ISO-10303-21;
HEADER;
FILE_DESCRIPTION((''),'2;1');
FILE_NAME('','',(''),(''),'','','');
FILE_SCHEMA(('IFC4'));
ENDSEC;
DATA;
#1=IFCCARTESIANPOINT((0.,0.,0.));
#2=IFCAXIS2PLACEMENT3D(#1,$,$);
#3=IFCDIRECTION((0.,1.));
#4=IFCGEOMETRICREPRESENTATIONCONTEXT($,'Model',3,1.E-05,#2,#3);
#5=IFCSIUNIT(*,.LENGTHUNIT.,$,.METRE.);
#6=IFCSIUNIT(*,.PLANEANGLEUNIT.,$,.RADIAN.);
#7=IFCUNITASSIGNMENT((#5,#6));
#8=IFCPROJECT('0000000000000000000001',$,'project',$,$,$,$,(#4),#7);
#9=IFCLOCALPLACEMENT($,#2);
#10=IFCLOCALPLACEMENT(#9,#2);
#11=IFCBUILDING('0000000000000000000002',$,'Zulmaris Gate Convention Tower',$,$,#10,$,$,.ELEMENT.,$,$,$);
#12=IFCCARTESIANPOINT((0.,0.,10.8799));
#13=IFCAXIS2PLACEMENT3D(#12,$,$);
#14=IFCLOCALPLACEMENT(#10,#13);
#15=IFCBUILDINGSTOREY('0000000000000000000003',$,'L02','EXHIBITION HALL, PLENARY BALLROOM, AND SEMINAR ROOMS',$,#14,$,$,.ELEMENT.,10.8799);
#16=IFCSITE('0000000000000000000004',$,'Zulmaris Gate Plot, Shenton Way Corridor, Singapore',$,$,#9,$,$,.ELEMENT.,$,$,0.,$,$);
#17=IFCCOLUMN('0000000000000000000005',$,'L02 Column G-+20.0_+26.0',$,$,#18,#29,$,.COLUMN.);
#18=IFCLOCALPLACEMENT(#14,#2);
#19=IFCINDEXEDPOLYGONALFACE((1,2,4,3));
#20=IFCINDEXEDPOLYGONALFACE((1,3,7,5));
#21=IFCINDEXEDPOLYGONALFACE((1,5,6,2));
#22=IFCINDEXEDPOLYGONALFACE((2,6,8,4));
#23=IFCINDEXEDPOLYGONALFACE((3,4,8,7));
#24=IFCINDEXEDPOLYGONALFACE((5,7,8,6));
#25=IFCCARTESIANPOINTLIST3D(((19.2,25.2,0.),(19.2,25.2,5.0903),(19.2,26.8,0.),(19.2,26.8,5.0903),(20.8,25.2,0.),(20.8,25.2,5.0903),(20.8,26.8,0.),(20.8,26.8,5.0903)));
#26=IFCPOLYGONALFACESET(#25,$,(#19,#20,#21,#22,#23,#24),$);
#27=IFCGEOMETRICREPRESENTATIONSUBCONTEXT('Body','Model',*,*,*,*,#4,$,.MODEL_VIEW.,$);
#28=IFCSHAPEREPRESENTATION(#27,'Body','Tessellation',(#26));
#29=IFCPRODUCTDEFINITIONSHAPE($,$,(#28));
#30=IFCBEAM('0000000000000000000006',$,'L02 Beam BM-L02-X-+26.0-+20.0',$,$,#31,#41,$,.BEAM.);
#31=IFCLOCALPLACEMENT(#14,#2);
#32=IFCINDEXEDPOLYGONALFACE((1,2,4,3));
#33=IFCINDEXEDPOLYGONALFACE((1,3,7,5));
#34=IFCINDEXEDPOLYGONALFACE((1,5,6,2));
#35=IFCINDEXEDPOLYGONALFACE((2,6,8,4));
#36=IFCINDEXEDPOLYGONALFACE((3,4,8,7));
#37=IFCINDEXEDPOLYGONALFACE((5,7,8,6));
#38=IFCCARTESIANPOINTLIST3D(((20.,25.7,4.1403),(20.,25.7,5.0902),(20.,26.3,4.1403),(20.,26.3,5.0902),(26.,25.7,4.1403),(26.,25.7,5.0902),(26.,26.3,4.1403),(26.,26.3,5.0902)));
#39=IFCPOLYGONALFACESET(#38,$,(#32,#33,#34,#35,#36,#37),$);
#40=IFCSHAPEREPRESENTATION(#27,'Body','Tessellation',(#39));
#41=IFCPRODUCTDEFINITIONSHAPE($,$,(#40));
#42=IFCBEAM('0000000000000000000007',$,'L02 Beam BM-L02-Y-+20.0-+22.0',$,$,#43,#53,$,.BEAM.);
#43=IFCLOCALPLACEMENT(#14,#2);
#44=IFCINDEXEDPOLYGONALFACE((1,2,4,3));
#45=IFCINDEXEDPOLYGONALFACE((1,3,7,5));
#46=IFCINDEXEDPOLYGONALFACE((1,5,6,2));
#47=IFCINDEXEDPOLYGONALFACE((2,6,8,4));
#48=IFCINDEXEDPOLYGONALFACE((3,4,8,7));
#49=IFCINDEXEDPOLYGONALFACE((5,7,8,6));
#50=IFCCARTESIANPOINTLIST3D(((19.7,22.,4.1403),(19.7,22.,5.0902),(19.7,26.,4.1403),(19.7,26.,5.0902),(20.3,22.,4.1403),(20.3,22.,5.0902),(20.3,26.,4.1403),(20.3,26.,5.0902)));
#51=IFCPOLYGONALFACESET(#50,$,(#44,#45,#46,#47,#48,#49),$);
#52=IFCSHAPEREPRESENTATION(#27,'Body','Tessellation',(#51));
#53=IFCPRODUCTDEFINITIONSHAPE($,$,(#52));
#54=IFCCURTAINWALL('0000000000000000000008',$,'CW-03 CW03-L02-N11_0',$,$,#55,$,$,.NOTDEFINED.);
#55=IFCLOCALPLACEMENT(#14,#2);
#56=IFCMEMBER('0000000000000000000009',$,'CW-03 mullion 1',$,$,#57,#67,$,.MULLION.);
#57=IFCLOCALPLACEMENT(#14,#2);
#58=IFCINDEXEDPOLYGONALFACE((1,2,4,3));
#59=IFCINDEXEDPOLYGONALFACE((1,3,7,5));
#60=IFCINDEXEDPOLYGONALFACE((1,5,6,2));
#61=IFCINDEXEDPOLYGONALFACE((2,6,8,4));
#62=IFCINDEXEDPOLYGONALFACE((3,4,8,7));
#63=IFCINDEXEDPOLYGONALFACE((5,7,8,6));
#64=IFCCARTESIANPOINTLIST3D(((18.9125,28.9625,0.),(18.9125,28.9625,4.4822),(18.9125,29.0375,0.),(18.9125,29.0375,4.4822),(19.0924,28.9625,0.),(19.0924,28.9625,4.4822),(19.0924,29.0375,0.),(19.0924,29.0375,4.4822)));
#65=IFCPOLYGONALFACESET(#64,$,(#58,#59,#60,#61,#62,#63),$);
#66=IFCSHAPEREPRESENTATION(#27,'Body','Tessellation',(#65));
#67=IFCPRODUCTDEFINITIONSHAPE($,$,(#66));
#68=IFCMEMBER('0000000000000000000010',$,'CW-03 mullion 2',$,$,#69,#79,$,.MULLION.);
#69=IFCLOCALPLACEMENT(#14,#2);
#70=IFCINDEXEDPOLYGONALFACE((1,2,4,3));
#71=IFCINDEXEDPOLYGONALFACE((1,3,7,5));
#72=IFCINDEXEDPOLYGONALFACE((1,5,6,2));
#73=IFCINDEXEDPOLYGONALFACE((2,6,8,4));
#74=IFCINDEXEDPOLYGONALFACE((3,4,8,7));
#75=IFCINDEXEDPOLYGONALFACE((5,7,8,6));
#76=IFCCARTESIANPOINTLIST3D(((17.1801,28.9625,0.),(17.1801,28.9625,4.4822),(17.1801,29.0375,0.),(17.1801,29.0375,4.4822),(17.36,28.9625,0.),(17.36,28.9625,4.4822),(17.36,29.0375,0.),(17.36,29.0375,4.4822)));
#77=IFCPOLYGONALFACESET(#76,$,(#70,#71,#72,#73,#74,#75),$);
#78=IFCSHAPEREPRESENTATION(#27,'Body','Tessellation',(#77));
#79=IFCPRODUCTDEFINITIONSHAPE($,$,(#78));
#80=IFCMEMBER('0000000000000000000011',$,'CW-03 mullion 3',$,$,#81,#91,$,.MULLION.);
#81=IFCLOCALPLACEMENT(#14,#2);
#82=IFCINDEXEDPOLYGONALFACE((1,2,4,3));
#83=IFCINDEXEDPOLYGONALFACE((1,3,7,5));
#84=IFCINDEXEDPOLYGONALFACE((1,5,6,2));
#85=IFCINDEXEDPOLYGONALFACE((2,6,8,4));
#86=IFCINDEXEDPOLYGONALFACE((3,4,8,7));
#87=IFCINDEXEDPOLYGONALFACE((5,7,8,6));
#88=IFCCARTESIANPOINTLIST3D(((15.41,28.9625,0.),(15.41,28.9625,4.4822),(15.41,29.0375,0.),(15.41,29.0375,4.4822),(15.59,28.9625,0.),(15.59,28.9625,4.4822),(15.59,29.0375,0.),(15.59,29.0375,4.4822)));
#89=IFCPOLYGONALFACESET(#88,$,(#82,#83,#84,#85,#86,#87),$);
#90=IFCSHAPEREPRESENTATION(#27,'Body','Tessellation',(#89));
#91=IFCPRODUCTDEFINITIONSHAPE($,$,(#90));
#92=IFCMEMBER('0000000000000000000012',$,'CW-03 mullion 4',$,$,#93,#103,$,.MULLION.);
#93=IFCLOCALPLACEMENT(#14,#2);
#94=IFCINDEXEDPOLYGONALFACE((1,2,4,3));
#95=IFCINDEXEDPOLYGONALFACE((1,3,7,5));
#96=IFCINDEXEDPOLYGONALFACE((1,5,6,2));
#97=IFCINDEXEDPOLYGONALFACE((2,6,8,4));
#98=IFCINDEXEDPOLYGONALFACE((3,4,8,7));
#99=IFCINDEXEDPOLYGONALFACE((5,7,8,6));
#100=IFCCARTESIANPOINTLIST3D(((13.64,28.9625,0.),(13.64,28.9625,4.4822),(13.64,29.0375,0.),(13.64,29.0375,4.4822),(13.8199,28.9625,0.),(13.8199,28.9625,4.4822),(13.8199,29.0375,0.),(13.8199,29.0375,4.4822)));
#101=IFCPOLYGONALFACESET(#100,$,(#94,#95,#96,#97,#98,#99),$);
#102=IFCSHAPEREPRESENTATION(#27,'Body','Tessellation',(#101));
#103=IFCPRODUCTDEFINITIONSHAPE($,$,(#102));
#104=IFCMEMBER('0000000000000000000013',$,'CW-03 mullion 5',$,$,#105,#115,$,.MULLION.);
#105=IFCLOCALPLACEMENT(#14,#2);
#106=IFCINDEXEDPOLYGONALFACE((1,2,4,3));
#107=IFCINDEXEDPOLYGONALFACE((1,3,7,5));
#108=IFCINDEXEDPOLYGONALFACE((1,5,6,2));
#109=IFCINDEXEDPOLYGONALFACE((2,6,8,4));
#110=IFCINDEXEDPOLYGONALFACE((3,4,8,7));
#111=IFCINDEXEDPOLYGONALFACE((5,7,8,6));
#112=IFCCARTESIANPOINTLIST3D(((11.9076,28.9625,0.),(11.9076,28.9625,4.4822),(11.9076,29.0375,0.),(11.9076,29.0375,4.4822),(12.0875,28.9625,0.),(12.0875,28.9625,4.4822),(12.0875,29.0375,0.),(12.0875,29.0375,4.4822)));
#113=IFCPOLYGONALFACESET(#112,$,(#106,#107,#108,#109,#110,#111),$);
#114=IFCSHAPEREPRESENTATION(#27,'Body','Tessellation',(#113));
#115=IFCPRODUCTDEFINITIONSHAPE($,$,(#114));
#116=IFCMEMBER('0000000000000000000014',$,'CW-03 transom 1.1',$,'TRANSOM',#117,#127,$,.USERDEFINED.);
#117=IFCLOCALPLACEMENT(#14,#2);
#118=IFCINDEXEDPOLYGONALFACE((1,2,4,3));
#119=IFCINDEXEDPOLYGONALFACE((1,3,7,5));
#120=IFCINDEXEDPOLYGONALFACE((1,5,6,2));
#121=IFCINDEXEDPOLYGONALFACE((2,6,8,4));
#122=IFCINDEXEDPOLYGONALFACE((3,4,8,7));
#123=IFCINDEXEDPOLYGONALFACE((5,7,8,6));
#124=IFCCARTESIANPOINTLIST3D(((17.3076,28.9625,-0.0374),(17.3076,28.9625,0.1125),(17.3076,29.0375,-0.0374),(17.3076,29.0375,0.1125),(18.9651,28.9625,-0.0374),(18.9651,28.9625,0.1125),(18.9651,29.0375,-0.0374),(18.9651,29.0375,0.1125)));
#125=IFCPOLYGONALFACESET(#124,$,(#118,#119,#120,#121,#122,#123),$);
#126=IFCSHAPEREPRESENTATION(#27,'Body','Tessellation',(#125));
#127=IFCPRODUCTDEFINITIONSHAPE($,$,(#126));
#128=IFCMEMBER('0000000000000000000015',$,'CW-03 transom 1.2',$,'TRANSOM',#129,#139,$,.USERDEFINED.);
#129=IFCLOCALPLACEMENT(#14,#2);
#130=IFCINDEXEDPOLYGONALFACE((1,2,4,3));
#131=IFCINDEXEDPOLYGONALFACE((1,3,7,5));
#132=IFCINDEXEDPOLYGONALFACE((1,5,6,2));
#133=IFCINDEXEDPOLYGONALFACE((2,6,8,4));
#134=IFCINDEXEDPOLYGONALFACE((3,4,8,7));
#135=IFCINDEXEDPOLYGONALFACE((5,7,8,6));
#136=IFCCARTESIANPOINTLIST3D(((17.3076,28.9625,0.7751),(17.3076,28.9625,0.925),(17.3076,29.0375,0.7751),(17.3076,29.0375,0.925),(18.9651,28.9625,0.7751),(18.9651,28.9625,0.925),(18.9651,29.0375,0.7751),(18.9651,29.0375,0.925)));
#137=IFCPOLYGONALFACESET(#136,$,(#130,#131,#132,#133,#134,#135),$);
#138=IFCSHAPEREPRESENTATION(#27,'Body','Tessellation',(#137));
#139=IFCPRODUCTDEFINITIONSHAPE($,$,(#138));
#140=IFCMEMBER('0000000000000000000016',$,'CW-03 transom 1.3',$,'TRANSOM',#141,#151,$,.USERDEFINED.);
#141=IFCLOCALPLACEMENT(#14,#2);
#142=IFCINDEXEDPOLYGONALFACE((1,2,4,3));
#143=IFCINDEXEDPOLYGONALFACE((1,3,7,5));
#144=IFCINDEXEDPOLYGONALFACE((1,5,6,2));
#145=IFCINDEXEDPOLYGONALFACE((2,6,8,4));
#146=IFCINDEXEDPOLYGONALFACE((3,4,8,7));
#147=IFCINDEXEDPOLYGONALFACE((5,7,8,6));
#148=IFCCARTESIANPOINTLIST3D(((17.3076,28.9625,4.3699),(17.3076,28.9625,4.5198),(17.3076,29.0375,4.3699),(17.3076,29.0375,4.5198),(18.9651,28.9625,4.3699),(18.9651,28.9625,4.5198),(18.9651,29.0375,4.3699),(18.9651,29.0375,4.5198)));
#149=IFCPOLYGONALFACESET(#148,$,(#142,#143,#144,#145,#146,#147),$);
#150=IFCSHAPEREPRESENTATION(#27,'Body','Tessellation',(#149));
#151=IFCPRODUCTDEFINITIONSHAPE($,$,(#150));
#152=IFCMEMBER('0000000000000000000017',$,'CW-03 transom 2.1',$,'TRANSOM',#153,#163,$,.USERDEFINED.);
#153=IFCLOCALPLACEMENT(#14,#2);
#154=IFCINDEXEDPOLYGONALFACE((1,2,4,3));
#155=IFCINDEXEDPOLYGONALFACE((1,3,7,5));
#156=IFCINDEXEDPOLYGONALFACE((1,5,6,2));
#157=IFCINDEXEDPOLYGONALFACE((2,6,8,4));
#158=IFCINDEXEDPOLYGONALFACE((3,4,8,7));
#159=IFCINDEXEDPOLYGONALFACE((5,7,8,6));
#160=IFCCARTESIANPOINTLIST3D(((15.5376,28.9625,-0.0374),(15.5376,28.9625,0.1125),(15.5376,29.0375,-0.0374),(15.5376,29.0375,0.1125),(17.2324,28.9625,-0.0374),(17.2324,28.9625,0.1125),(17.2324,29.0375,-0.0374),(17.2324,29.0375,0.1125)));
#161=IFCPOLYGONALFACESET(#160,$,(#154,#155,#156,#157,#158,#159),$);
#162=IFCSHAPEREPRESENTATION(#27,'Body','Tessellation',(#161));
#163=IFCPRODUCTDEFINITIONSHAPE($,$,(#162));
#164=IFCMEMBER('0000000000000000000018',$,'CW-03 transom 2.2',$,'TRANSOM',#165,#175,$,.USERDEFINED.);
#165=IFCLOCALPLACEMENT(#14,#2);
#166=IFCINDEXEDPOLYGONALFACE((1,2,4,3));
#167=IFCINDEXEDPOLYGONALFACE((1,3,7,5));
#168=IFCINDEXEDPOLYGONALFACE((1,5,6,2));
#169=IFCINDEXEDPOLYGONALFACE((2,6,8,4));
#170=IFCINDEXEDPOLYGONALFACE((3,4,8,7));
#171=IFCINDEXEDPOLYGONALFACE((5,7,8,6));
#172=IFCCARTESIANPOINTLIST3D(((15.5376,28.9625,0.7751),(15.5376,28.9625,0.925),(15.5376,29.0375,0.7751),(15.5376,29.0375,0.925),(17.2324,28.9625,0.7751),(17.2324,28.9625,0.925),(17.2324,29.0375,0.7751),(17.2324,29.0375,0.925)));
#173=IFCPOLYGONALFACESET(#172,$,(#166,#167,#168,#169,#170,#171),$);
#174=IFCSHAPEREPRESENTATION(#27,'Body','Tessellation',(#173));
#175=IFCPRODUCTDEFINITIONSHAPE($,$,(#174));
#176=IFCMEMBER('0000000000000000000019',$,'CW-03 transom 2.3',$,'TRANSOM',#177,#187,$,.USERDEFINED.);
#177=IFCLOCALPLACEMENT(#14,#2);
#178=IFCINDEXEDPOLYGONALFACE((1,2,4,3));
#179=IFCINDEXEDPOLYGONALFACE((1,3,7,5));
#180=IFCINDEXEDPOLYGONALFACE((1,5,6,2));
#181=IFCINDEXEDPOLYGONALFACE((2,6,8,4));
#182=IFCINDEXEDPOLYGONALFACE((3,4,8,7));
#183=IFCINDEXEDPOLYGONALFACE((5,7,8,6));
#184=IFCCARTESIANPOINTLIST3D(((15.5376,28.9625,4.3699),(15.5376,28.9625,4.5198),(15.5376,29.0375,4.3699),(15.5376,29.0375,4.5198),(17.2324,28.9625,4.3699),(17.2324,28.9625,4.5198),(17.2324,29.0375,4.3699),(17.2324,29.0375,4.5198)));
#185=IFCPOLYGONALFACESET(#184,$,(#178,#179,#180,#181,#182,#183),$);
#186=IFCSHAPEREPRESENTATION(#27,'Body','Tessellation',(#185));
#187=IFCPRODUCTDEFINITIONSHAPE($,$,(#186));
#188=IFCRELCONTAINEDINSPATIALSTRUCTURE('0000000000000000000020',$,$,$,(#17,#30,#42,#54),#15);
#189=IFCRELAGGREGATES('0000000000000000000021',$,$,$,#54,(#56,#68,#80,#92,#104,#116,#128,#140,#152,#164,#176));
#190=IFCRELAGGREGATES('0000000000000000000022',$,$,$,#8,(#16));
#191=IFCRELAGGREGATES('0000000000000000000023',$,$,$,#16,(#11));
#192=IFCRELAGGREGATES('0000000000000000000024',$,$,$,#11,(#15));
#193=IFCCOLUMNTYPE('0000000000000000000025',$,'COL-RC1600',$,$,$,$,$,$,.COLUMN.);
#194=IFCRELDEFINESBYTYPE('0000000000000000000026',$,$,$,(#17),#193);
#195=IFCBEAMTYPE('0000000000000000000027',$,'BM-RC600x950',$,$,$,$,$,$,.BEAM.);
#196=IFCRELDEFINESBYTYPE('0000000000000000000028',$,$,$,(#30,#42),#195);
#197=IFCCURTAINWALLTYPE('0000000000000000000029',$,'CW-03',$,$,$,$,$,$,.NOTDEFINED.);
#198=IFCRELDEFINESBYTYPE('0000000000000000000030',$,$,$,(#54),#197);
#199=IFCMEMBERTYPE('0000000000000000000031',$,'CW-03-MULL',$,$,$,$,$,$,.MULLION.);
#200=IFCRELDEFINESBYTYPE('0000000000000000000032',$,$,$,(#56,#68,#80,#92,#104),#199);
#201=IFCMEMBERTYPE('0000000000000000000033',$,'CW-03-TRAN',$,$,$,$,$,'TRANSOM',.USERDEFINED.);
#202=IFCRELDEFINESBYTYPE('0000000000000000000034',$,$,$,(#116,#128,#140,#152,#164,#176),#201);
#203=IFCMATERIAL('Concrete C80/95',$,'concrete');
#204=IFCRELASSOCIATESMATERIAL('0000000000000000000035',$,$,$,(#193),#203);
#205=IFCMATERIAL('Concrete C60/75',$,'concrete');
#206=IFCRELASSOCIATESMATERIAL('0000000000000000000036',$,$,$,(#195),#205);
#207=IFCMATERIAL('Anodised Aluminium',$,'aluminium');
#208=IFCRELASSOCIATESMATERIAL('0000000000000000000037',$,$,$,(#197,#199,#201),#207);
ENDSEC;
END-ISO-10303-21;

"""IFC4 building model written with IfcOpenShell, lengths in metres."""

from ifc_helpers import new_model, si_unit, direction, frame, origin, origin_2d, place, context, subcontext, project, spatial, rectangle, extrude, material, material_profile, profile_set, type_object, element, aggregate, save


model = new_model("IFC4")

# Units and contexts
model_context = context("Model", 3, precision=1e-05, world=origin(), true_north=direction((0.0, 1.0)))
body_context = subcontext(model_context, "Body", "Model", "MODEL_VIEW")
ifc_project = project(units=[si_unit("LENGTHUNIT", "METRE"), si_unit("PLANEANGLEUNIT", "RADIAN")], contexts=[model_context])

# Site, building, storey
site_placement = place(None, origin())
site = spatial("IfcSite", under=ifc_project, at=site_placement, Name="Zulmaris Gate Plot, Shenton Way Corridor, Singapore", CompositionType="ELEMENT", RefElevation=0.0)
building_placement = place(site_placement, origin())
building = spatial("IfcBuilding", under=site, at=building_placement, Name="Zulmaris Gate Convention Tower", CompositionType="ELEMENT")
storey_placement = place(building_placement, frame((0.0, 0.0, 10.8799)))
storey = spatial("IfcBuildingStorey", under=building, at=storey_placement, Name="L02", Description="EXHIBITION HALL, PLENARY BALLROOM, AND SEMINAR ROOMS", CompositionType="ELEMENT", Elevation=10.8799)

# Column
ifc_material_1 = material(Name="Concrete C80/95", Category="concrete")
ifc_material_profile_1 = material_profile(ifc_material_1, rectangle(XDim=1.6001, YDim=1.6001, at=origin_2d()), Name="RC COL 1600x1600")
ifc_profile_set_1 = profile_set([ifc_material_profile_1], Name="Concrete C80/95")
column_type = type_object("IfcColumnType", Name="COL-RC1600", PredefinedType="COLUMN", material=ifc_profile_set_1)
column_placement = place(storey_placement, frame((20.0, 26.0, 0.0), z_axis=(0.0, 0.0, 1.0), x_axis=(1.0, 0.0, 0.0)))
element("IfcColumn", 1, at=column_placement, inside=storey, type_object=column_type, Name="L02 Column G-+20.0_+26.0", PredefinedType="COLUMN", context=body_context, shape_type="SweptSolid", body=[
    extrude(rectangle(XDim=1.6001, YDim=1.6001, at=origin_2d()), origin(), (0.0, 0.0, 1.0), 5.0903),
])

# Beams
ifc_material_2 = material(Name="Concrete C60/75", Category="concrete")
ifc_material_profile_2 = material_profile(ifc_material_2, rectangle(XDim=0.6001, YDim=0.95, at=origin_2d()), Name="RC BEAM 600x950")
ifc_profile_set_2 = profile_set([ifc_material_profile_2], Name="Concrete C60/75")
beam_type = type_object("IfcBeamType", Name="BM-RC600x950", PredefinedType="BEAM", material=ifc_profile_set_2)
beam_1_placement = place(storey_placement, frame((20.0, 26.0, 4.6152), z_axis=(1.0, 0.0, 0.0), x_axis=(0.0, 1.0, 0.0)))
element("IfcBeam", 2, at=beam_1_placement, inside=storey, type_object=beam_type, Name="L02 Beam BM-L02-X-+26.0-+20.0", PredefinedType="BEAM", context=body_context, shape_type="SweptSolid", body=[
    extrude(rectangle(XDim=0.6001, YDim=0.95, at=origin_2d()), origin(), (0.0, 0.0, 1.0), 6.0),
])
beam_2_placement = place(storey_placement, frame((20.0, 22.0, 4.6152), z_axis=(0.0, 1.0, 0.0), x_axis=(-1.0, 0.0, 0.0)))
element("IfcBeam", 3, at=beam_2_placement, inside=storey, type_object=beam_type, Name="L02 Beam BM-L02-Y-+20.0-+22.0", PredefinedType="BEAM", context=body_context, shape_type="SweptSolid", body=[
    extrude(rectangle(XDim=0.6001, YDim=0.95, at=origin_2d()), origin(), (0.0, 0.0, 1.0), 4.0),
])

# Curtain wall, members
ifc_material_3 = material(Name="Anodised Aluminium", Category="aluminium")
curtain_wall_type = type_object("IfcCurtainWallType", Name="CW-03", PredefinedType="NOTDEFINED", material=ifc_material_3)
curtain_wall_placement = place(storey_placement, origin())
curtain_wall = element("IfcCurtainWall", 4, at=curtain_wall_placement, inside=storey, type_object=curtain_wall_type, Name="CW-03 CW03-L02-N11_0", PredefinedType="NOTDEFINED")
ifc_material_profile_3 = material_profile(ifc_material_3, rectangle(XDim=0.075, YDim=0.1799, at=origin_2d()), Name="ALU MULLION 75x180")
ifc_profile_set_3 = profile_set([ifc_material_profile_3], Name="Anodised Aluminium")
member_type_1 = type_object("IfcMemberType", Name="CW-03-MULL", PredefinedType="MULLION", material=ifc_profile_set_3)
member_1_placement = place(storey_placement, frame((19.0024, 29.0, 0.0), z_axis=(0.0, 0.0, 1.0), x_axis=(0.0, -1.0, 0.0)))
member_1 = element("IfcMember", 5, at=member_1_placement, type_object=member_type_1, Name="CW-03 mullion 1", PredefinedType="MULLION", context=body_context, shape_type="SweptSolid", body=[
    extrude(rectangle(XDim=0.075, YDim=0.1799, at=origin_2d()), origin(), (0.0, 0.0, 1.0), 4.4822),
])
member_2_placement = place(storey_placement, frame((17.27, 29.0, 0.0), z_axis=(0.0, 0.0, 1.0), x_axis=(0.0, -1.0, 0.0)))
member_2 = element("IfcMember", 6, at=member_2_placement, type_object=member_type_1, Name="CW-03 mullion 2", PredefinedType="MULLION", context=body_context, shape_type="SweptSolid", body=[
    extrude(rectangle(XDim=0.075, YDim=0.1799, at=origin_2d()), origin(), (0.0, 0.0, 1.0), 4.4822),
])
member_3_placement = place(storey_placement, frame((15.5, 29.0, 0.0), z_axis=(0.0, 0.0, 1.0), x_axis=(0.0, -1.0, 0.0)))
member_3 = element("IfcMember", 7, at=member_3_placement, type_object=member_type_1, Name="CW-03 mullion 3", PredefinedType="MULLION", context=body_context, shape_type="SweptSolid", body=[
    extrude(rectangle(XDim=0.075, YDim=0.1799, at=origin_2d()), origin(), (0.0, 0.0, 1.0), 4.4822),
])
member_4_placement = place(storey_placement, frame((13.73, 29.0, 0.0), z_axis=(0.0, 0.0, 1.0), x_axis=(0.0, -1.0, 0.0)))
member_4 = element("IfcMember", 8, at=member_4_placement, type_object=member_type_1, Name="CW-03 mullion 4", PredefinedType="MULLION", context=body_context, shape_type="SweptSolid", body=[
    extrude(rectangle(XDim=0.075, YDim=0.1799, at=origin_2d()), origin(), (0.0, 0.0, 1.0), 4.4822),
])
member_5_placement = place(storey_placement, frame((11.9976, 29.0, 0.0), z_axis=(0.0, 0.0, 1.0), x_axis=(0.0, -1.0, 0.0)))
member_5 = element("IfcMember", 9, at=member_5_placement, type_object=member_type_1, Name="CW-03 mullion 5", PredefinedType="MULLION", context=body_context, shape_type="SweptSolid", body=[
    extrude(rectangle(XDim=0.075, YDim=0.1799, at=origin_2d()), origin(), (0.0, 0.0, 1.0), 4.4822),
])
ifc_material_profile_4 = material_profile(ifc_material_3, rectangle(XDim=0.075, YDim=0.1499, at=origin_2d()), Name="ALU TRANSOM 75x150")
ifc_profile_set_4 = profile_set([ifc_material_profile_4], Name="Anodised Aluminium")
member_type_2 = type_object("IfcMemberType", Name="CW-03-TRAN", ElementType="TRANSOM", PredefinedType="USERDEFINED", material=ifc_profile_set_4)
member_6_placement = place(storey_placement, frame((18.9651, 29.0, 0.0376), z_axis=(-1.0, 0.0, 0.0), x_axis=(0.0, -1.0, 0.0)))
member_6 = element("IfcMember", 10, at=member_6_placement, type_object=member_type_2, Name="CW-03 transom 1.1", ObjectType="TRANSOM", PredefinedType="USERDEFINED", context=body_context, shape_type="SweptSolid", body=[
    extrude(rectangle(XDim=0.075, YDim=0.1499, at=origin_2d()), origin(), (0.0, 0.0, 1.0), 1.6575),
])
member_7_placement = place(storey_placement, frame((18.9651, 29.0, 0.8501), z_axis=(-1.0, 0.0, 0.0), x_axis=(0.0, -1.0, 0.0)))
member_7 = element("IfcMember", 11, at=member_7_placement, type_object=member_type_2, Name="CW-03 transom 1.2", ObjectType="TRANSOM", PredefinedType="USERDEFINED", context=body_context, shape_type="SweptSolid", body=[
    extrude(rectangle(XDim=0.075, YDim=0.1499, at=origin_2d()), origin(), (0.0, 0.0, 1.0), 1.6575),
])
member_8_placement = place(storey_placement, frame((18.9651, 29.0, 4.4448), z_axis=(-1.0, 0.0, 0.0), x_axis=(0.0, -1.0, 0.0)))
member_8 = element("IfcMember", 12, at=member_8_placement, type_object=member_type_2, Name="CW-03 transom 1.3", ObjectType="TRANSOM", PredefinedType="USERDEFINED", context=body_context, shape_type="SweptSolid", body=[
    extrude(rectangle(XDim=0.075, YDim=0.1499, at=origin_2d()), origin(), (0.0, 0.0, 1.0), 1.6575),
])
member_9_placement = place(storey_placement, frame((17.2324, 29.0, 0.0376), z_axis=(-1.0, 0.0, 0.0), x_axis=(0.0, -1.0, 0.0)))
member_9 = element("IfcMember", 13, at=member_9_placement, type_object=member_type_2, Name="CW-03 transom 2.1", ObjectType="TRANSOM", PredefinedType="USERDEFINED", context=body_context, shape_type="SweptSolid", body=[
    extrude(rectangle(XDim=0.075, YDim=0.1499, at=origin_2d()), origin(), (0.0, 0.0, 1.0), 1.6948),
])
member_10_placement = place(storey_placement, frame((17.2324, 29.0, 0.8501), z_axis=(-1.0, 0.0, 0.0), x_axis=(0.0, -1.0, 0.0)))
member_10 = element("IfcMember", 14, at=member_10_placement, type_object=member_type_2, Name="CW-03 transom 2.2", ObjectType="TRANSOM", PredefinedType="USERDEFINED", context=body_context, shape_type="SweptSolid", body=[
    extrude(rectangle(XDim=0.075, YDim=0.1499, at=origin_2d()), origin(), (0.0, 0.0, 1.0), 1.6948),
])
member_11_placement = place(storey_placement, frame((17.2324, 29.0, 4.4448), z_axis=(-1.0, 0.0, 0.0), x_axis=(0.0, -1.0, 0.0)))
member_11 = element("IfcMember", 15, at=member_11_placement, type_object=member_type_2, Name="CW-03 transom 2.3", ObjectType="TRANSOM", PredefinedType="USERDEFINED", context=body_context, shape_type="SweptSolid", body=[
    extrude(rectangle(XDim=0.075, YDim=0.1499, at=origin_2d()), origin(), (0.0, 0.0, 1.0), 1.6948),
])
aggregate(curtain_wall, [member_1, member_2, member_3, member_4, member_5, member_6, member_7, member_8, member_9, member_10, member_11])

save(model, "model.ifc")
